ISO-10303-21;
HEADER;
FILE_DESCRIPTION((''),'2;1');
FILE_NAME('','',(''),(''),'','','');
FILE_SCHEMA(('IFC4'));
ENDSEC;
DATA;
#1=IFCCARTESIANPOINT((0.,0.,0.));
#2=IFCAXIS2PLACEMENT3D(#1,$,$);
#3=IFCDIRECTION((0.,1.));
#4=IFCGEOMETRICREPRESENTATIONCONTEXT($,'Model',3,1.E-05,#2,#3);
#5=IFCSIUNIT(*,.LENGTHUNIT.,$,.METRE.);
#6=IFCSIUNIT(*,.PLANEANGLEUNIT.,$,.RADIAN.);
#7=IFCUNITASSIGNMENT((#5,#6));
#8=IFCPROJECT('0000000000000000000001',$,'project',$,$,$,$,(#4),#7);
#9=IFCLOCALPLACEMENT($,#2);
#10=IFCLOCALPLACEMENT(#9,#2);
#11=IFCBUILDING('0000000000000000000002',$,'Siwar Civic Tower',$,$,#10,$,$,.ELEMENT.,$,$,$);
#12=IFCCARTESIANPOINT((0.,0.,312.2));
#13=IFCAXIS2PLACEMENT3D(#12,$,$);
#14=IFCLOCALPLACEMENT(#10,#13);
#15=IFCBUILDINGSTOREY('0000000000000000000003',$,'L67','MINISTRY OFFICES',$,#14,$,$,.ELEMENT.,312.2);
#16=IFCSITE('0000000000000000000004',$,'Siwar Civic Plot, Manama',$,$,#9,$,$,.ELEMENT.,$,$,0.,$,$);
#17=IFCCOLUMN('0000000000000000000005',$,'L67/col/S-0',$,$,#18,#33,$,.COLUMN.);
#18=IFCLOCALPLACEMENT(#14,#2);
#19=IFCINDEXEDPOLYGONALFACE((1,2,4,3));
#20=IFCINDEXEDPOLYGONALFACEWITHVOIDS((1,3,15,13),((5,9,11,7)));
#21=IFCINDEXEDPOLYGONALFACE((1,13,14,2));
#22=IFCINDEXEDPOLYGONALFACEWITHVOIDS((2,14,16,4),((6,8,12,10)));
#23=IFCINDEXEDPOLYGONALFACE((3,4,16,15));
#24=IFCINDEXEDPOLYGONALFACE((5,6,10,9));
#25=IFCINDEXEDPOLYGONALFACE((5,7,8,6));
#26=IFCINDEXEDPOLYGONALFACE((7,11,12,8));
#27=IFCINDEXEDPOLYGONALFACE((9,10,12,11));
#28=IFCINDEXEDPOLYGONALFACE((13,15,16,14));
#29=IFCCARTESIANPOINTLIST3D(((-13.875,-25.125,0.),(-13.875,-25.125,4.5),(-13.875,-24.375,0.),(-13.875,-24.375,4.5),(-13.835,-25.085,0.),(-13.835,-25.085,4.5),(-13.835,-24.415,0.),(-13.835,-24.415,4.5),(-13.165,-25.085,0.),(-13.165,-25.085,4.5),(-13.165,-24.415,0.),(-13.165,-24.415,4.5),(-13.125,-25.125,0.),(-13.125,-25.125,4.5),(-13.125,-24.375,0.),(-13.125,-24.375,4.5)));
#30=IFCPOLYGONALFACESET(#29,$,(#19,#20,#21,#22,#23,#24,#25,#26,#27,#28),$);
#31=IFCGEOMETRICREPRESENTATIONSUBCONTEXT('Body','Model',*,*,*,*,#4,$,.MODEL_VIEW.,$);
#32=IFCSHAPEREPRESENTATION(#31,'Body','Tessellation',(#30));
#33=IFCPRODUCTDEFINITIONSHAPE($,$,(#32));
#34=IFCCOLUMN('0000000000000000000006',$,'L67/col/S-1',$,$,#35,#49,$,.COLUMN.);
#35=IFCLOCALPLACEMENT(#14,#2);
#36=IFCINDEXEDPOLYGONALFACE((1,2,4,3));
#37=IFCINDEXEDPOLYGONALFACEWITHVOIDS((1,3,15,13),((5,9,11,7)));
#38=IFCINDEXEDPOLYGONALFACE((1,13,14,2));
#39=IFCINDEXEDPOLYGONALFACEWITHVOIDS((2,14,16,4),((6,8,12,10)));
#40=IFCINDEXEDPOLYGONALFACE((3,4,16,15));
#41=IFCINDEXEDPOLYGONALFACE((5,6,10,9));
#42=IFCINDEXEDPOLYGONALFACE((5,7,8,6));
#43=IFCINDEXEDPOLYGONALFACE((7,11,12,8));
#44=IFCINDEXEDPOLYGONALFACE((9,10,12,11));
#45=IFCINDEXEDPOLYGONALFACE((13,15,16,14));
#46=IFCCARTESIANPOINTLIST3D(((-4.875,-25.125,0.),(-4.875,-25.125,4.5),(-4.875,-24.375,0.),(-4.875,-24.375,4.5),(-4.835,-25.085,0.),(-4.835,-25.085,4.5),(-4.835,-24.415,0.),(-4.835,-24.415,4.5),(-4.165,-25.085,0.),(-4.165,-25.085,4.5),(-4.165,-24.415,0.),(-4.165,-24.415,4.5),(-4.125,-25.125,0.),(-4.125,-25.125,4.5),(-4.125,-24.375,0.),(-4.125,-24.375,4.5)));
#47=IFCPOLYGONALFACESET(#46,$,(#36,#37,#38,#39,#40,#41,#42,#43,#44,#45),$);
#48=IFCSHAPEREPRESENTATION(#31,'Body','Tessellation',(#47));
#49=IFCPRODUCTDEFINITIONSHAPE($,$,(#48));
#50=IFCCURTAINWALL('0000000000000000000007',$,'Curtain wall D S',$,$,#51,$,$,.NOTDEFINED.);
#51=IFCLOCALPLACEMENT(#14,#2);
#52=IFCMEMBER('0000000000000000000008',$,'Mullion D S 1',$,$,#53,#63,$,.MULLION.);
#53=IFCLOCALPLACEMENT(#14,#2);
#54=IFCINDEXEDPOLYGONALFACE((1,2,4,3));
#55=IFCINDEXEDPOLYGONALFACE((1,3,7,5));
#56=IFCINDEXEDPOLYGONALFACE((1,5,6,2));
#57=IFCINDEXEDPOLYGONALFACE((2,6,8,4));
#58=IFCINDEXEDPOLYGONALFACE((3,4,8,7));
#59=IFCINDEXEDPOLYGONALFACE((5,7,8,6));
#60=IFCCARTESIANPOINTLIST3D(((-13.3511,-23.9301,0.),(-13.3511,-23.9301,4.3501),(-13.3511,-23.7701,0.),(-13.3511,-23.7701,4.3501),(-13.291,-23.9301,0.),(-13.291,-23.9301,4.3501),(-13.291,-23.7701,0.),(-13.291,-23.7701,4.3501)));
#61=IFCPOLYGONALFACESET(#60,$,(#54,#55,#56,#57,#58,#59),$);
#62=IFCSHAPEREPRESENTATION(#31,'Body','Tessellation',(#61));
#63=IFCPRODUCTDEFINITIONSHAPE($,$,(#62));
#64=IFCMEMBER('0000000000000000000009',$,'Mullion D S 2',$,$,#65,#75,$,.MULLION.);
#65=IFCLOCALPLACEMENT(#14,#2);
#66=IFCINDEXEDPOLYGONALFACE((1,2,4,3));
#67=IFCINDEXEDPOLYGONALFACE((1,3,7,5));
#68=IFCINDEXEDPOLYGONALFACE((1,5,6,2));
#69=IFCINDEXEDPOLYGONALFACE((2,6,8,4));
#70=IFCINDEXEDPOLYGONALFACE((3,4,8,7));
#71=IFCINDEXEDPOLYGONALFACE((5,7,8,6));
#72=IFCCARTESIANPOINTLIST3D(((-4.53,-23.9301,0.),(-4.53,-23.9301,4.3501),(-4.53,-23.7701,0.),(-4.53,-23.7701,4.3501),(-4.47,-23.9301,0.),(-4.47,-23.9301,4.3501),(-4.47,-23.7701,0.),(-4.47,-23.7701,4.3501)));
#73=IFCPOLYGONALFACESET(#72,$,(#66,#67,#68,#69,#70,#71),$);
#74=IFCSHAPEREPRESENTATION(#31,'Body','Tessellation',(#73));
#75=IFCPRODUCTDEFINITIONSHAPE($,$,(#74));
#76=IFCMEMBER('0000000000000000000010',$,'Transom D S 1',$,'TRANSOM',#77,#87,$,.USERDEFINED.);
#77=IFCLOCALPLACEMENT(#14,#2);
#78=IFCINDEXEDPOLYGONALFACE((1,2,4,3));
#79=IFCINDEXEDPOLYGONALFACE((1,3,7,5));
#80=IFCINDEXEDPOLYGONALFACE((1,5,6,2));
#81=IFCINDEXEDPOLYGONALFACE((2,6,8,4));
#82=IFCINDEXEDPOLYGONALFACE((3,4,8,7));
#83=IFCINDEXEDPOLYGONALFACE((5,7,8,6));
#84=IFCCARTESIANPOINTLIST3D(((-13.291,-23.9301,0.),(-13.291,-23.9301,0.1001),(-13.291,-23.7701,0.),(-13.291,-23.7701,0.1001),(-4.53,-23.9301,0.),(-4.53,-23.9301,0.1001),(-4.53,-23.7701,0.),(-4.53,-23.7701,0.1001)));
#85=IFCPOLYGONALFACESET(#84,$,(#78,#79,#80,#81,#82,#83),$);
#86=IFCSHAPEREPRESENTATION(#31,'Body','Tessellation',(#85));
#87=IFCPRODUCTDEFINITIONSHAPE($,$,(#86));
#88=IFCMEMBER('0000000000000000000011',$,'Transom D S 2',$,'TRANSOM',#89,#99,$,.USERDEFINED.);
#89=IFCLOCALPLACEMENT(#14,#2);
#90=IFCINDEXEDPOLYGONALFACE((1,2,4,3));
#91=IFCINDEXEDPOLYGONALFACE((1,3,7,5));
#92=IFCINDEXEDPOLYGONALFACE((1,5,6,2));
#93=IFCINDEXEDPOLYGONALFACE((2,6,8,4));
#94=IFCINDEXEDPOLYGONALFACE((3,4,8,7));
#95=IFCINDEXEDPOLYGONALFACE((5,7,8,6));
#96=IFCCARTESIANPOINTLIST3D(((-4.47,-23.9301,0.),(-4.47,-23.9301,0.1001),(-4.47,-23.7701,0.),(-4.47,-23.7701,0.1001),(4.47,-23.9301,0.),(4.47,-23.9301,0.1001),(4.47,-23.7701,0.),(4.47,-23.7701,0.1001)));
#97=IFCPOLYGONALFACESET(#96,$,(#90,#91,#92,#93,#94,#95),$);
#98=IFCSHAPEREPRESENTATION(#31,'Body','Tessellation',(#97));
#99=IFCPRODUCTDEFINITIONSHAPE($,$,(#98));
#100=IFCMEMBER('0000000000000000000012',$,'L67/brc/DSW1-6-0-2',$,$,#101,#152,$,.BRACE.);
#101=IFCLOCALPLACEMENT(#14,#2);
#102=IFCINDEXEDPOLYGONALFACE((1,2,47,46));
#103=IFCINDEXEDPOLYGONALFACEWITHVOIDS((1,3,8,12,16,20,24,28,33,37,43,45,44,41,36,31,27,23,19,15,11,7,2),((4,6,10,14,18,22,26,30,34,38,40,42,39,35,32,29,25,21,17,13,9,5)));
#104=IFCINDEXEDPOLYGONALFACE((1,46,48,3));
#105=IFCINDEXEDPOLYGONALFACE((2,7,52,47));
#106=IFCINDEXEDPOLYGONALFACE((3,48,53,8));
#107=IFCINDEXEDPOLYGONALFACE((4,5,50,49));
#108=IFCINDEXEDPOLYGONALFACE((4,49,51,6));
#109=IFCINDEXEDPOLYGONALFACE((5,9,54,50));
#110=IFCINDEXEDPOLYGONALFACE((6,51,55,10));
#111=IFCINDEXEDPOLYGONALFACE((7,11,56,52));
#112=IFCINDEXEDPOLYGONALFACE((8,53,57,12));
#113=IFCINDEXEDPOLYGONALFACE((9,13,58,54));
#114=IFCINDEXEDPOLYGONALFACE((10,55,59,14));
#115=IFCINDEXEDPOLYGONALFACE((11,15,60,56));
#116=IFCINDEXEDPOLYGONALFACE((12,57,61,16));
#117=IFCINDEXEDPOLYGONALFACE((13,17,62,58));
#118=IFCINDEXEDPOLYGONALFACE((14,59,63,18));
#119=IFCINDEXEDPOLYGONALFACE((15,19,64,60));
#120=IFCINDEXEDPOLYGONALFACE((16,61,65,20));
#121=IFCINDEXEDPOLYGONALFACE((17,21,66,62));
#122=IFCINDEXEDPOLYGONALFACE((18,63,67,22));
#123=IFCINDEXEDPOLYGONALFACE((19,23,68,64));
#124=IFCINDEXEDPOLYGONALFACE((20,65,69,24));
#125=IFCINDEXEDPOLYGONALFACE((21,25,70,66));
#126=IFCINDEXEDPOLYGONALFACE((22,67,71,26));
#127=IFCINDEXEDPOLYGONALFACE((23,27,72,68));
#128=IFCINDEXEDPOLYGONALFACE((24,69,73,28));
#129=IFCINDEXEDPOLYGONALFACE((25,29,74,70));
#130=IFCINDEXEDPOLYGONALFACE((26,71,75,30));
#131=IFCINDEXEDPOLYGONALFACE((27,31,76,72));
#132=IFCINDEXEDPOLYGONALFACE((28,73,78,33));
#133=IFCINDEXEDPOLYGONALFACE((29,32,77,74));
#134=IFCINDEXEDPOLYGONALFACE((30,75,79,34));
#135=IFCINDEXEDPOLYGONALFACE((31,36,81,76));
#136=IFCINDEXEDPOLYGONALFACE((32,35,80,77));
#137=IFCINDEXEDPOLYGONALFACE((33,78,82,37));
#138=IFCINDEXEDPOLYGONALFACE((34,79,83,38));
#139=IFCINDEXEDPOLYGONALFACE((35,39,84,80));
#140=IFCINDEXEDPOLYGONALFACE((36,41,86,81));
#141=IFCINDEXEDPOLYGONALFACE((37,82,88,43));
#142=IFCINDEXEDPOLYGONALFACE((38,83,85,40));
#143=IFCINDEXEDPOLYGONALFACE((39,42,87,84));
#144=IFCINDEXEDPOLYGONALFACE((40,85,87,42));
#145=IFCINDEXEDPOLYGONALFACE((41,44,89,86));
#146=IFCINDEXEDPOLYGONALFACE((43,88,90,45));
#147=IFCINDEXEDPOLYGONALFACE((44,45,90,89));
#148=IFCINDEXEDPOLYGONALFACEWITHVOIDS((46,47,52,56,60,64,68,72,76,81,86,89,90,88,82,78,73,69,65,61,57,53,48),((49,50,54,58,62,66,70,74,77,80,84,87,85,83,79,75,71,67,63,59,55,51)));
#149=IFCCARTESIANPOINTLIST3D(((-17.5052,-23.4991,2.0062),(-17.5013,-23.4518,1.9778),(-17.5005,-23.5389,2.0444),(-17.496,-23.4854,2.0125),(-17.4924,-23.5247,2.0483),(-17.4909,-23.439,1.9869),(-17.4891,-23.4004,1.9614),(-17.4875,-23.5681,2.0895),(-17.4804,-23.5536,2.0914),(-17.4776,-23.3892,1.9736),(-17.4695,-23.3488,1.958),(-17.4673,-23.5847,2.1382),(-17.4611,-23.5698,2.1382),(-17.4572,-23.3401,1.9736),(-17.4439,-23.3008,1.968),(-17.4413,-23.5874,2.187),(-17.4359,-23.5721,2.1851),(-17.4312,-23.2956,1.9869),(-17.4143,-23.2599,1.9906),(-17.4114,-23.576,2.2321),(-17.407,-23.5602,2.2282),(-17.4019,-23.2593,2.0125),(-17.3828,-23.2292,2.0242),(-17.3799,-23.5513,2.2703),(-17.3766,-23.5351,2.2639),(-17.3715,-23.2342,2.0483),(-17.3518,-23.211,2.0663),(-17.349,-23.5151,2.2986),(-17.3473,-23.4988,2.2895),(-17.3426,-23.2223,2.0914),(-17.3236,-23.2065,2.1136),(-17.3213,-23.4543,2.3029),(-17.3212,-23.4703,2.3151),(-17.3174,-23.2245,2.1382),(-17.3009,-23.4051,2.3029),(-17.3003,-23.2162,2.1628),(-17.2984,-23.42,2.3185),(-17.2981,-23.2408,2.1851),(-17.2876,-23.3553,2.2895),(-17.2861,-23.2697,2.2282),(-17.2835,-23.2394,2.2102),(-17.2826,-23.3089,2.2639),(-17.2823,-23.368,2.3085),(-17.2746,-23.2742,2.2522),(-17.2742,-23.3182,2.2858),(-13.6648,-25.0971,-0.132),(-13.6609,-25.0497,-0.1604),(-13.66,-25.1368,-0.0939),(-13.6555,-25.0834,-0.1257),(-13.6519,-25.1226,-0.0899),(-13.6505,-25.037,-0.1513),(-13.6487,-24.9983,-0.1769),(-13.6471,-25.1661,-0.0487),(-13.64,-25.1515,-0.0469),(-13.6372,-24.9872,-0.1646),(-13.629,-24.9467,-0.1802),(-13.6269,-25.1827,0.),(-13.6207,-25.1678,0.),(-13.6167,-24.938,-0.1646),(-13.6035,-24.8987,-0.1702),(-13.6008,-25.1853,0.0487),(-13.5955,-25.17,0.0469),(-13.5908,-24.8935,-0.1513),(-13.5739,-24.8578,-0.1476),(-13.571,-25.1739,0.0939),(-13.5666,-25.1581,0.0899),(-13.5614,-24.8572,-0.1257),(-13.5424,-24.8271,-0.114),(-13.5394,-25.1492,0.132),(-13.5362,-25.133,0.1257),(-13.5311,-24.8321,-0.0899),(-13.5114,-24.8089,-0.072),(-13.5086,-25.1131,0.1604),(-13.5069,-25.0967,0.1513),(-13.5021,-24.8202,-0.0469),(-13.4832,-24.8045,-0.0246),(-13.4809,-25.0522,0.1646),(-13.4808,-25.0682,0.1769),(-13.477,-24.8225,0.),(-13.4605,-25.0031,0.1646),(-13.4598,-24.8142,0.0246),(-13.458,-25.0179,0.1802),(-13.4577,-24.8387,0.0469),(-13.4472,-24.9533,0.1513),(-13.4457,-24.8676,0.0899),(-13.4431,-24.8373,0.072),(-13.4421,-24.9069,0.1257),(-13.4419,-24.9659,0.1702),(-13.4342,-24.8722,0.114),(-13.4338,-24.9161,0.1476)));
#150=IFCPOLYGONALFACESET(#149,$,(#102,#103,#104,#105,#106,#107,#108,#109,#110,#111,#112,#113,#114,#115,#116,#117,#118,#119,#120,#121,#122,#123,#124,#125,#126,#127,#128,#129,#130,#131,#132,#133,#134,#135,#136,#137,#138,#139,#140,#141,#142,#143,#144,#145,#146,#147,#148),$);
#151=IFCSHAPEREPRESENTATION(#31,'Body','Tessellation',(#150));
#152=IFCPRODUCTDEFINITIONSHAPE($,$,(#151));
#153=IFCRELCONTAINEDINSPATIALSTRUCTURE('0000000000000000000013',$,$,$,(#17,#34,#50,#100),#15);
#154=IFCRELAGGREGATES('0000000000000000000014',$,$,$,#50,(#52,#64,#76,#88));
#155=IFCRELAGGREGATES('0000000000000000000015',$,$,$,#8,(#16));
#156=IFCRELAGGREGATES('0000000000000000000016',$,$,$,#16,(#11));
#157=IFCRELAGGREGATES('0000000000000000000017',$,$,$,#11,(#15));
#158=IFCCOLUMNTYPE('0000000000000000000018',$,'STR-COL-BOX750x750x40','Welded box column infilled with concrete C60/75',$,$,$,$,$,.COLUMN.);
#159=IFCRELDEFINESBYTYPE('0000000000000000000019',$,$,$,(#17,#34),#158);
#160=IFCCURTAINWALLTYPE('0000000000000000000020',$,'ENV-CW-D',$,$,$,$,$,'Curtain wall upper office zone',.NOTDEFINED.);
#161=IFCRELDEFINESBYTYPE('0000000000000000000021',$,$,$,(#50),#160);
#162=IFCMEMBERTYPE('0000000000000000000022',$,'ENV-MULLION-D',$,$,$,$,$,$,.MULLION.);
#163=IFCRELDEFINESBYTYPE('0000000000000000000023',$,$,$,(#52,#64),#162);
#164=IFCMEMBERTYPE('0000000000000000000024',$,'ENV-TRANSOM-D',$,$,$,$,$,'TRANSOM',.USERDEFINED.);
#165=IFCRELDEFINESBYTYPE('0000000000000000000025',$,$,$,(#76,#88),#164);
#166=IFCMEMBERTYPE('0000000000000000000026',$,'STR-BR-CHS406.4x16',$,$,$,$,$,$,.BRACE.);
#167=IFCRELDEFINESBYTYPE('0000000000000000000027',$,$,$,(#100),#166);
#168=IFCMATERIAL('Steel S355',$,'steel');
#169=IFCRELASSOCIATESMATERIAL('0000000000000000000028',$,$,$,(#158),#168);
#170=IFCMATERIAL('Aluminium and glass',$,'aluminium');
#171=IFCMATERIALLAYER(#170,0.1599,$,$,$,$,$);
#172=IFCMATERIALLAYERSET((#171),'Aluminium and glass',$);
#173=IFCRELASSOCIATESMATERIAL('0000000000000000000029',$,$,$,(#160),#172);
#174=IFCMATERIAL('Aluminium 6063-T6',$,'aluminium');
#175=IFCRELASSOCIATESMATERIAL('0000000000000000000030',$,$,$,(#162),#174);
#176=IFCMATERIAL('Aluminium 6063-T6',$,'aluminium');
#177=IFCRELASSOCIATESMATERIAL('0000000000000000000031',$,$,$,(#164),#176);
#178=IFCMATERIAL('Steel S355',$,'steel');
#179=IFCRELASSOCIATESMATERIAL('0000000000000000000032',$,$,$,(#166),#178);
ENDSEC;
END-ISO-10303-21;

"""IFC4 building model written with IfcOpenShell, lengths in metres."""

from ifc_helpers import new_model, si_unit, direction, frame, origin, origin_2d, place, context, subcontext, project, spatial, rectangle, hollow_rectangle, hollow_circle, extrude, material, layer, layer_set, material_profile, profile_set, type_object, element, aggregate, save


model = new_model("IFC4")

# Units and contexts
model_context = context("Model", 3, precision=1e-05, world=origin(), true_north=direction((0.0, 1.0)))
body_context = subcontext(model_context, "Body", "Model", "MODEL_VIEW")
ifc_project = project(units=[si_unit("LENGTHUNIT", "METRE"), si_unit("PLANEANGLEUNIT", "RADIAN")], contexts=[model_context])

# Site, building, storey
site_placement = place(None, origin())
site = spatial("IfcSite", under=ifc_project, at=site_placement, Name="Siwar Civic Plot, Manama", CompositionType="ELEMENT", RefElevation=0.0)
building_placement = place(site_placement, origin())
building = spatial("IfcBuilding", under=site, at=building_placement, Name="Siwar Civic Tower", CompositionType="ELEMENT")
storey_placement = place(building_placement, frame((0.0, 0.0, 312.2)))
storey = spatial("IfcBuildingStorey", under=building, at=storey_placement, Name="L67", Description="MINISTRY OFFICES", CompositionType="ELEMENT", Elevation=312.2)

# Columns
ifc_material_1 = material(Name="Steel S355", Category="steel")
ifc_material_profile_1 = material_profile(ifc_material_1, hollow_rectangle(XDim=0.75, YDim=0.75, WallThickness=0.04, at=origin_2d()), Name="BOX750x750x40")
ifc_profile_set_1 = profile_set([ifc_material_profile_1], Name="Steel S355")
column_type = type_object("IfcColumnType", Name="STR-COL-BOX750x750x40", Description="Welded box column infilled with concrete C60/75", PredefinedType="COLUMN", material=ifc_profile_set_1)
for number, where, z_axis, x_axis, name in (
    (1, (-13.5, -24.75, 0.0), (0.0, 0.0, 1.0), (1.0, 0.0, 0.0), "L67/col/S-0"),
    (2, (-4.5, -24.75, 0.0), (0.0, 0.0, 1.0), (1.0, 0.0, 0.0), "L67/col/S-1"),
):
    element("IfcColumn", number, at=place(storey_placement, frame(where, z_axis=z_axis, x_axis=x_axis)), inside=storey, type_object=column_type, Name=name, PredefinedType="COLUMN", context=body_context, shape_type="SweptSolid", body=[
        extrude(hollow_rectangle(XDim=0.75, YDim=0.75, WallThickness=0.04, at=origin_2d()), origin(), (0.0, 0.0, 1.0), 4.5),
    ])

# Curtain wall, members
ifc_material_2 = material(Name="Aluminium and glass", Category="aluminium")
ifc_layer_1 = layer(ifc_material_2, 0.1599)
ifc_layer_set_1 = layer_set([ifc_layer_1], Name="Aluminium and glass")
curtain_wall_type = type_object("IfcCurtainWallType", Name="ENV-CW-D", ElementType="Curtain wall upper office zone", PredefinedType="NOTDEFINED", material=ifc_layer_set_1)
curtain_wall_placement = place(storey_placement, origin())
curtain_wall = element("IfcCurtainWall", 3, at=curtain_wall_placement, inside=storey, type_object=curtain_wall_type, Name="Curtain wall D S", PredefinedType="NOTDEFINED")
ifc_material_3 = material(Name="Aluminium 6063-T6", Category="aluminium")
ifc_material_profile_2 = material_profile(ifc_material_3, rectangle(XDim=0.1599, YDim=0.0601, at=origin_2d()), Name="AL 160x60")
ifc_profile_set_2 = profile_set([ifc_material_profile_2], Name="Aluminium 6063-T6")
member_type_1 = type_object("IfcMemberType", Name="ENV-MULLION-D", PredefinedType="MULLION", material=ifc_profile_set_2)
member_1_placement = place(storey_placement, frame((-13.321, -23.8501, 0.0), z_axis=(0.0, 0.0, 1.0), x_axis=(0.0, 1.0, 0.0)))
member_1 = element("IfcMember", 4, at=member_1_placement, type_object=member_type_1, Name="Mullion D S 1", PredefinedType="MULLION", context=body_context, shape_type="SweptSolid", body=[
    extrude(rectangle(XDim=0.1599, YDim=0.0601, at=origin_2d()), origin(), (0.0, 0.0, 1.0), 4.3501),
])
member_2_placement = place(storey_placement, frame((-4.5, -23.8501, 0.0), z_axis=(0.0, 0.0, 1.0), x_axis=(0.0, 1.0, 0.0)))
member_2 = element("IfcMember", 5, at=member_2_placement, type_object=member_type_1, Name="Mullion D S 2", PredefinedType="MULLION", context=body_context, shape_type="SweptSolid", body=[
    extrude(rectangle(XDim=0.1599, YDim=0.0601, at=origin_2d()), origin(), (0.0, 0.0, 1.0), 4.3501),
])
ifc_material_4 = material(Name="Aluminium 6063-T6", Category="aluminium")
ifc_material_profile_3 = material_profile(ifc_material_4, rectangle(XDim=0.1599, YDim=0.1001, at=origin_2d()), Name="AL 160x100")
ifc_profile_set_3 = profile_set([ifc_material_profile_3], Name="Aluminium 6063-T6")
member_type_2 = type_object("IfcMemberType", Name="ENV-TRANSOM-D", ElementType="TRANSOM", PredefinedType="USERDEFINED", material=ifc_profile_set_3)
member_3_placement = place(storey_placement, frame((-13.291, -23.8501, 0.05), z_axis=(1.0, 0.0, 0.0), x_axis=(0.0, 1.0, 0.0)))
member_3 = element("IfcMember", 6, at=member_3_placement, type_object=member_type_2, Name="Transom D S 1", ObjectType="TRANSOM", PredefinedType="USERDEFINED", context=body_context, shape_type="SweptSolid", body=[
    extrude(rectangle(XDim=0.1599, YDim=0.1001, at=origin_2d()), origin(), (0.0, 0.0, 1.0), 8.761),
])
member_4_placement = place(storey_placement, frame((-4.47, -23.8501, 0.05), z_axis=(1.0, 0.0, 0.0), x_axis=(0.0, 1.0, 0.0)))
member_4 = element("IfcMember", 7, at=member_4_placement, type_object=member_type_2, Name="Transom D S 2", ObjectType="TRANSOM", PredefinedType="USERDEFINED", context=body_context, shape_type="SweptSolid", body=[
    extrude(rectangle(XDim=0.1599, YDim=0.1001, at=origin_2d()), origin(), (0.0, 0.0, 1.0), 8.9399),
])

# Member
ifc_material_5 = material(Name="Steel S355", Category="steel")
ifc_material_profile_4 = material_profile(ifc_material_5, hollow_circle(Radius=0.2031, WallThickness=0.0161, at=origin_2d()), Name="CHS406.4x16")
ifc_profile_set_4 = profile_set([ifc_material_profile_4], Name="Steel S355")
member_type_3 = type_object("IfcMemberType", Name="STR-BR-CHS406.4x16", PredefinedType="BRACE", material=ifc_profile_set_4)
member_5_placement = place(storey_placement, frame((-13.5488, -24.9951, 0.0), z_axis=(-0.82113, 0.341659, 0.457181), x_axis=(-0.384157, -0.923268, 0.0)))
element("IfcMember", 8, at=member_5_placement, inside=storey, type_object=member_type_3, Name="L67/brc/DSW1-6-0-2", PredefinedType="BRACE", context=body_context, shape_type="SweptSolid", body=[
    extrude(hollow_circle(Radius=0.2031, WallThickness=0.0161, at=origin_2d()), origin(), (0.0, 0.0, 1.0), 4.677),
])

aggregate(curtain_wall, [member_1, member_2, member_3, member_4])

save(model, "model.ifc")
